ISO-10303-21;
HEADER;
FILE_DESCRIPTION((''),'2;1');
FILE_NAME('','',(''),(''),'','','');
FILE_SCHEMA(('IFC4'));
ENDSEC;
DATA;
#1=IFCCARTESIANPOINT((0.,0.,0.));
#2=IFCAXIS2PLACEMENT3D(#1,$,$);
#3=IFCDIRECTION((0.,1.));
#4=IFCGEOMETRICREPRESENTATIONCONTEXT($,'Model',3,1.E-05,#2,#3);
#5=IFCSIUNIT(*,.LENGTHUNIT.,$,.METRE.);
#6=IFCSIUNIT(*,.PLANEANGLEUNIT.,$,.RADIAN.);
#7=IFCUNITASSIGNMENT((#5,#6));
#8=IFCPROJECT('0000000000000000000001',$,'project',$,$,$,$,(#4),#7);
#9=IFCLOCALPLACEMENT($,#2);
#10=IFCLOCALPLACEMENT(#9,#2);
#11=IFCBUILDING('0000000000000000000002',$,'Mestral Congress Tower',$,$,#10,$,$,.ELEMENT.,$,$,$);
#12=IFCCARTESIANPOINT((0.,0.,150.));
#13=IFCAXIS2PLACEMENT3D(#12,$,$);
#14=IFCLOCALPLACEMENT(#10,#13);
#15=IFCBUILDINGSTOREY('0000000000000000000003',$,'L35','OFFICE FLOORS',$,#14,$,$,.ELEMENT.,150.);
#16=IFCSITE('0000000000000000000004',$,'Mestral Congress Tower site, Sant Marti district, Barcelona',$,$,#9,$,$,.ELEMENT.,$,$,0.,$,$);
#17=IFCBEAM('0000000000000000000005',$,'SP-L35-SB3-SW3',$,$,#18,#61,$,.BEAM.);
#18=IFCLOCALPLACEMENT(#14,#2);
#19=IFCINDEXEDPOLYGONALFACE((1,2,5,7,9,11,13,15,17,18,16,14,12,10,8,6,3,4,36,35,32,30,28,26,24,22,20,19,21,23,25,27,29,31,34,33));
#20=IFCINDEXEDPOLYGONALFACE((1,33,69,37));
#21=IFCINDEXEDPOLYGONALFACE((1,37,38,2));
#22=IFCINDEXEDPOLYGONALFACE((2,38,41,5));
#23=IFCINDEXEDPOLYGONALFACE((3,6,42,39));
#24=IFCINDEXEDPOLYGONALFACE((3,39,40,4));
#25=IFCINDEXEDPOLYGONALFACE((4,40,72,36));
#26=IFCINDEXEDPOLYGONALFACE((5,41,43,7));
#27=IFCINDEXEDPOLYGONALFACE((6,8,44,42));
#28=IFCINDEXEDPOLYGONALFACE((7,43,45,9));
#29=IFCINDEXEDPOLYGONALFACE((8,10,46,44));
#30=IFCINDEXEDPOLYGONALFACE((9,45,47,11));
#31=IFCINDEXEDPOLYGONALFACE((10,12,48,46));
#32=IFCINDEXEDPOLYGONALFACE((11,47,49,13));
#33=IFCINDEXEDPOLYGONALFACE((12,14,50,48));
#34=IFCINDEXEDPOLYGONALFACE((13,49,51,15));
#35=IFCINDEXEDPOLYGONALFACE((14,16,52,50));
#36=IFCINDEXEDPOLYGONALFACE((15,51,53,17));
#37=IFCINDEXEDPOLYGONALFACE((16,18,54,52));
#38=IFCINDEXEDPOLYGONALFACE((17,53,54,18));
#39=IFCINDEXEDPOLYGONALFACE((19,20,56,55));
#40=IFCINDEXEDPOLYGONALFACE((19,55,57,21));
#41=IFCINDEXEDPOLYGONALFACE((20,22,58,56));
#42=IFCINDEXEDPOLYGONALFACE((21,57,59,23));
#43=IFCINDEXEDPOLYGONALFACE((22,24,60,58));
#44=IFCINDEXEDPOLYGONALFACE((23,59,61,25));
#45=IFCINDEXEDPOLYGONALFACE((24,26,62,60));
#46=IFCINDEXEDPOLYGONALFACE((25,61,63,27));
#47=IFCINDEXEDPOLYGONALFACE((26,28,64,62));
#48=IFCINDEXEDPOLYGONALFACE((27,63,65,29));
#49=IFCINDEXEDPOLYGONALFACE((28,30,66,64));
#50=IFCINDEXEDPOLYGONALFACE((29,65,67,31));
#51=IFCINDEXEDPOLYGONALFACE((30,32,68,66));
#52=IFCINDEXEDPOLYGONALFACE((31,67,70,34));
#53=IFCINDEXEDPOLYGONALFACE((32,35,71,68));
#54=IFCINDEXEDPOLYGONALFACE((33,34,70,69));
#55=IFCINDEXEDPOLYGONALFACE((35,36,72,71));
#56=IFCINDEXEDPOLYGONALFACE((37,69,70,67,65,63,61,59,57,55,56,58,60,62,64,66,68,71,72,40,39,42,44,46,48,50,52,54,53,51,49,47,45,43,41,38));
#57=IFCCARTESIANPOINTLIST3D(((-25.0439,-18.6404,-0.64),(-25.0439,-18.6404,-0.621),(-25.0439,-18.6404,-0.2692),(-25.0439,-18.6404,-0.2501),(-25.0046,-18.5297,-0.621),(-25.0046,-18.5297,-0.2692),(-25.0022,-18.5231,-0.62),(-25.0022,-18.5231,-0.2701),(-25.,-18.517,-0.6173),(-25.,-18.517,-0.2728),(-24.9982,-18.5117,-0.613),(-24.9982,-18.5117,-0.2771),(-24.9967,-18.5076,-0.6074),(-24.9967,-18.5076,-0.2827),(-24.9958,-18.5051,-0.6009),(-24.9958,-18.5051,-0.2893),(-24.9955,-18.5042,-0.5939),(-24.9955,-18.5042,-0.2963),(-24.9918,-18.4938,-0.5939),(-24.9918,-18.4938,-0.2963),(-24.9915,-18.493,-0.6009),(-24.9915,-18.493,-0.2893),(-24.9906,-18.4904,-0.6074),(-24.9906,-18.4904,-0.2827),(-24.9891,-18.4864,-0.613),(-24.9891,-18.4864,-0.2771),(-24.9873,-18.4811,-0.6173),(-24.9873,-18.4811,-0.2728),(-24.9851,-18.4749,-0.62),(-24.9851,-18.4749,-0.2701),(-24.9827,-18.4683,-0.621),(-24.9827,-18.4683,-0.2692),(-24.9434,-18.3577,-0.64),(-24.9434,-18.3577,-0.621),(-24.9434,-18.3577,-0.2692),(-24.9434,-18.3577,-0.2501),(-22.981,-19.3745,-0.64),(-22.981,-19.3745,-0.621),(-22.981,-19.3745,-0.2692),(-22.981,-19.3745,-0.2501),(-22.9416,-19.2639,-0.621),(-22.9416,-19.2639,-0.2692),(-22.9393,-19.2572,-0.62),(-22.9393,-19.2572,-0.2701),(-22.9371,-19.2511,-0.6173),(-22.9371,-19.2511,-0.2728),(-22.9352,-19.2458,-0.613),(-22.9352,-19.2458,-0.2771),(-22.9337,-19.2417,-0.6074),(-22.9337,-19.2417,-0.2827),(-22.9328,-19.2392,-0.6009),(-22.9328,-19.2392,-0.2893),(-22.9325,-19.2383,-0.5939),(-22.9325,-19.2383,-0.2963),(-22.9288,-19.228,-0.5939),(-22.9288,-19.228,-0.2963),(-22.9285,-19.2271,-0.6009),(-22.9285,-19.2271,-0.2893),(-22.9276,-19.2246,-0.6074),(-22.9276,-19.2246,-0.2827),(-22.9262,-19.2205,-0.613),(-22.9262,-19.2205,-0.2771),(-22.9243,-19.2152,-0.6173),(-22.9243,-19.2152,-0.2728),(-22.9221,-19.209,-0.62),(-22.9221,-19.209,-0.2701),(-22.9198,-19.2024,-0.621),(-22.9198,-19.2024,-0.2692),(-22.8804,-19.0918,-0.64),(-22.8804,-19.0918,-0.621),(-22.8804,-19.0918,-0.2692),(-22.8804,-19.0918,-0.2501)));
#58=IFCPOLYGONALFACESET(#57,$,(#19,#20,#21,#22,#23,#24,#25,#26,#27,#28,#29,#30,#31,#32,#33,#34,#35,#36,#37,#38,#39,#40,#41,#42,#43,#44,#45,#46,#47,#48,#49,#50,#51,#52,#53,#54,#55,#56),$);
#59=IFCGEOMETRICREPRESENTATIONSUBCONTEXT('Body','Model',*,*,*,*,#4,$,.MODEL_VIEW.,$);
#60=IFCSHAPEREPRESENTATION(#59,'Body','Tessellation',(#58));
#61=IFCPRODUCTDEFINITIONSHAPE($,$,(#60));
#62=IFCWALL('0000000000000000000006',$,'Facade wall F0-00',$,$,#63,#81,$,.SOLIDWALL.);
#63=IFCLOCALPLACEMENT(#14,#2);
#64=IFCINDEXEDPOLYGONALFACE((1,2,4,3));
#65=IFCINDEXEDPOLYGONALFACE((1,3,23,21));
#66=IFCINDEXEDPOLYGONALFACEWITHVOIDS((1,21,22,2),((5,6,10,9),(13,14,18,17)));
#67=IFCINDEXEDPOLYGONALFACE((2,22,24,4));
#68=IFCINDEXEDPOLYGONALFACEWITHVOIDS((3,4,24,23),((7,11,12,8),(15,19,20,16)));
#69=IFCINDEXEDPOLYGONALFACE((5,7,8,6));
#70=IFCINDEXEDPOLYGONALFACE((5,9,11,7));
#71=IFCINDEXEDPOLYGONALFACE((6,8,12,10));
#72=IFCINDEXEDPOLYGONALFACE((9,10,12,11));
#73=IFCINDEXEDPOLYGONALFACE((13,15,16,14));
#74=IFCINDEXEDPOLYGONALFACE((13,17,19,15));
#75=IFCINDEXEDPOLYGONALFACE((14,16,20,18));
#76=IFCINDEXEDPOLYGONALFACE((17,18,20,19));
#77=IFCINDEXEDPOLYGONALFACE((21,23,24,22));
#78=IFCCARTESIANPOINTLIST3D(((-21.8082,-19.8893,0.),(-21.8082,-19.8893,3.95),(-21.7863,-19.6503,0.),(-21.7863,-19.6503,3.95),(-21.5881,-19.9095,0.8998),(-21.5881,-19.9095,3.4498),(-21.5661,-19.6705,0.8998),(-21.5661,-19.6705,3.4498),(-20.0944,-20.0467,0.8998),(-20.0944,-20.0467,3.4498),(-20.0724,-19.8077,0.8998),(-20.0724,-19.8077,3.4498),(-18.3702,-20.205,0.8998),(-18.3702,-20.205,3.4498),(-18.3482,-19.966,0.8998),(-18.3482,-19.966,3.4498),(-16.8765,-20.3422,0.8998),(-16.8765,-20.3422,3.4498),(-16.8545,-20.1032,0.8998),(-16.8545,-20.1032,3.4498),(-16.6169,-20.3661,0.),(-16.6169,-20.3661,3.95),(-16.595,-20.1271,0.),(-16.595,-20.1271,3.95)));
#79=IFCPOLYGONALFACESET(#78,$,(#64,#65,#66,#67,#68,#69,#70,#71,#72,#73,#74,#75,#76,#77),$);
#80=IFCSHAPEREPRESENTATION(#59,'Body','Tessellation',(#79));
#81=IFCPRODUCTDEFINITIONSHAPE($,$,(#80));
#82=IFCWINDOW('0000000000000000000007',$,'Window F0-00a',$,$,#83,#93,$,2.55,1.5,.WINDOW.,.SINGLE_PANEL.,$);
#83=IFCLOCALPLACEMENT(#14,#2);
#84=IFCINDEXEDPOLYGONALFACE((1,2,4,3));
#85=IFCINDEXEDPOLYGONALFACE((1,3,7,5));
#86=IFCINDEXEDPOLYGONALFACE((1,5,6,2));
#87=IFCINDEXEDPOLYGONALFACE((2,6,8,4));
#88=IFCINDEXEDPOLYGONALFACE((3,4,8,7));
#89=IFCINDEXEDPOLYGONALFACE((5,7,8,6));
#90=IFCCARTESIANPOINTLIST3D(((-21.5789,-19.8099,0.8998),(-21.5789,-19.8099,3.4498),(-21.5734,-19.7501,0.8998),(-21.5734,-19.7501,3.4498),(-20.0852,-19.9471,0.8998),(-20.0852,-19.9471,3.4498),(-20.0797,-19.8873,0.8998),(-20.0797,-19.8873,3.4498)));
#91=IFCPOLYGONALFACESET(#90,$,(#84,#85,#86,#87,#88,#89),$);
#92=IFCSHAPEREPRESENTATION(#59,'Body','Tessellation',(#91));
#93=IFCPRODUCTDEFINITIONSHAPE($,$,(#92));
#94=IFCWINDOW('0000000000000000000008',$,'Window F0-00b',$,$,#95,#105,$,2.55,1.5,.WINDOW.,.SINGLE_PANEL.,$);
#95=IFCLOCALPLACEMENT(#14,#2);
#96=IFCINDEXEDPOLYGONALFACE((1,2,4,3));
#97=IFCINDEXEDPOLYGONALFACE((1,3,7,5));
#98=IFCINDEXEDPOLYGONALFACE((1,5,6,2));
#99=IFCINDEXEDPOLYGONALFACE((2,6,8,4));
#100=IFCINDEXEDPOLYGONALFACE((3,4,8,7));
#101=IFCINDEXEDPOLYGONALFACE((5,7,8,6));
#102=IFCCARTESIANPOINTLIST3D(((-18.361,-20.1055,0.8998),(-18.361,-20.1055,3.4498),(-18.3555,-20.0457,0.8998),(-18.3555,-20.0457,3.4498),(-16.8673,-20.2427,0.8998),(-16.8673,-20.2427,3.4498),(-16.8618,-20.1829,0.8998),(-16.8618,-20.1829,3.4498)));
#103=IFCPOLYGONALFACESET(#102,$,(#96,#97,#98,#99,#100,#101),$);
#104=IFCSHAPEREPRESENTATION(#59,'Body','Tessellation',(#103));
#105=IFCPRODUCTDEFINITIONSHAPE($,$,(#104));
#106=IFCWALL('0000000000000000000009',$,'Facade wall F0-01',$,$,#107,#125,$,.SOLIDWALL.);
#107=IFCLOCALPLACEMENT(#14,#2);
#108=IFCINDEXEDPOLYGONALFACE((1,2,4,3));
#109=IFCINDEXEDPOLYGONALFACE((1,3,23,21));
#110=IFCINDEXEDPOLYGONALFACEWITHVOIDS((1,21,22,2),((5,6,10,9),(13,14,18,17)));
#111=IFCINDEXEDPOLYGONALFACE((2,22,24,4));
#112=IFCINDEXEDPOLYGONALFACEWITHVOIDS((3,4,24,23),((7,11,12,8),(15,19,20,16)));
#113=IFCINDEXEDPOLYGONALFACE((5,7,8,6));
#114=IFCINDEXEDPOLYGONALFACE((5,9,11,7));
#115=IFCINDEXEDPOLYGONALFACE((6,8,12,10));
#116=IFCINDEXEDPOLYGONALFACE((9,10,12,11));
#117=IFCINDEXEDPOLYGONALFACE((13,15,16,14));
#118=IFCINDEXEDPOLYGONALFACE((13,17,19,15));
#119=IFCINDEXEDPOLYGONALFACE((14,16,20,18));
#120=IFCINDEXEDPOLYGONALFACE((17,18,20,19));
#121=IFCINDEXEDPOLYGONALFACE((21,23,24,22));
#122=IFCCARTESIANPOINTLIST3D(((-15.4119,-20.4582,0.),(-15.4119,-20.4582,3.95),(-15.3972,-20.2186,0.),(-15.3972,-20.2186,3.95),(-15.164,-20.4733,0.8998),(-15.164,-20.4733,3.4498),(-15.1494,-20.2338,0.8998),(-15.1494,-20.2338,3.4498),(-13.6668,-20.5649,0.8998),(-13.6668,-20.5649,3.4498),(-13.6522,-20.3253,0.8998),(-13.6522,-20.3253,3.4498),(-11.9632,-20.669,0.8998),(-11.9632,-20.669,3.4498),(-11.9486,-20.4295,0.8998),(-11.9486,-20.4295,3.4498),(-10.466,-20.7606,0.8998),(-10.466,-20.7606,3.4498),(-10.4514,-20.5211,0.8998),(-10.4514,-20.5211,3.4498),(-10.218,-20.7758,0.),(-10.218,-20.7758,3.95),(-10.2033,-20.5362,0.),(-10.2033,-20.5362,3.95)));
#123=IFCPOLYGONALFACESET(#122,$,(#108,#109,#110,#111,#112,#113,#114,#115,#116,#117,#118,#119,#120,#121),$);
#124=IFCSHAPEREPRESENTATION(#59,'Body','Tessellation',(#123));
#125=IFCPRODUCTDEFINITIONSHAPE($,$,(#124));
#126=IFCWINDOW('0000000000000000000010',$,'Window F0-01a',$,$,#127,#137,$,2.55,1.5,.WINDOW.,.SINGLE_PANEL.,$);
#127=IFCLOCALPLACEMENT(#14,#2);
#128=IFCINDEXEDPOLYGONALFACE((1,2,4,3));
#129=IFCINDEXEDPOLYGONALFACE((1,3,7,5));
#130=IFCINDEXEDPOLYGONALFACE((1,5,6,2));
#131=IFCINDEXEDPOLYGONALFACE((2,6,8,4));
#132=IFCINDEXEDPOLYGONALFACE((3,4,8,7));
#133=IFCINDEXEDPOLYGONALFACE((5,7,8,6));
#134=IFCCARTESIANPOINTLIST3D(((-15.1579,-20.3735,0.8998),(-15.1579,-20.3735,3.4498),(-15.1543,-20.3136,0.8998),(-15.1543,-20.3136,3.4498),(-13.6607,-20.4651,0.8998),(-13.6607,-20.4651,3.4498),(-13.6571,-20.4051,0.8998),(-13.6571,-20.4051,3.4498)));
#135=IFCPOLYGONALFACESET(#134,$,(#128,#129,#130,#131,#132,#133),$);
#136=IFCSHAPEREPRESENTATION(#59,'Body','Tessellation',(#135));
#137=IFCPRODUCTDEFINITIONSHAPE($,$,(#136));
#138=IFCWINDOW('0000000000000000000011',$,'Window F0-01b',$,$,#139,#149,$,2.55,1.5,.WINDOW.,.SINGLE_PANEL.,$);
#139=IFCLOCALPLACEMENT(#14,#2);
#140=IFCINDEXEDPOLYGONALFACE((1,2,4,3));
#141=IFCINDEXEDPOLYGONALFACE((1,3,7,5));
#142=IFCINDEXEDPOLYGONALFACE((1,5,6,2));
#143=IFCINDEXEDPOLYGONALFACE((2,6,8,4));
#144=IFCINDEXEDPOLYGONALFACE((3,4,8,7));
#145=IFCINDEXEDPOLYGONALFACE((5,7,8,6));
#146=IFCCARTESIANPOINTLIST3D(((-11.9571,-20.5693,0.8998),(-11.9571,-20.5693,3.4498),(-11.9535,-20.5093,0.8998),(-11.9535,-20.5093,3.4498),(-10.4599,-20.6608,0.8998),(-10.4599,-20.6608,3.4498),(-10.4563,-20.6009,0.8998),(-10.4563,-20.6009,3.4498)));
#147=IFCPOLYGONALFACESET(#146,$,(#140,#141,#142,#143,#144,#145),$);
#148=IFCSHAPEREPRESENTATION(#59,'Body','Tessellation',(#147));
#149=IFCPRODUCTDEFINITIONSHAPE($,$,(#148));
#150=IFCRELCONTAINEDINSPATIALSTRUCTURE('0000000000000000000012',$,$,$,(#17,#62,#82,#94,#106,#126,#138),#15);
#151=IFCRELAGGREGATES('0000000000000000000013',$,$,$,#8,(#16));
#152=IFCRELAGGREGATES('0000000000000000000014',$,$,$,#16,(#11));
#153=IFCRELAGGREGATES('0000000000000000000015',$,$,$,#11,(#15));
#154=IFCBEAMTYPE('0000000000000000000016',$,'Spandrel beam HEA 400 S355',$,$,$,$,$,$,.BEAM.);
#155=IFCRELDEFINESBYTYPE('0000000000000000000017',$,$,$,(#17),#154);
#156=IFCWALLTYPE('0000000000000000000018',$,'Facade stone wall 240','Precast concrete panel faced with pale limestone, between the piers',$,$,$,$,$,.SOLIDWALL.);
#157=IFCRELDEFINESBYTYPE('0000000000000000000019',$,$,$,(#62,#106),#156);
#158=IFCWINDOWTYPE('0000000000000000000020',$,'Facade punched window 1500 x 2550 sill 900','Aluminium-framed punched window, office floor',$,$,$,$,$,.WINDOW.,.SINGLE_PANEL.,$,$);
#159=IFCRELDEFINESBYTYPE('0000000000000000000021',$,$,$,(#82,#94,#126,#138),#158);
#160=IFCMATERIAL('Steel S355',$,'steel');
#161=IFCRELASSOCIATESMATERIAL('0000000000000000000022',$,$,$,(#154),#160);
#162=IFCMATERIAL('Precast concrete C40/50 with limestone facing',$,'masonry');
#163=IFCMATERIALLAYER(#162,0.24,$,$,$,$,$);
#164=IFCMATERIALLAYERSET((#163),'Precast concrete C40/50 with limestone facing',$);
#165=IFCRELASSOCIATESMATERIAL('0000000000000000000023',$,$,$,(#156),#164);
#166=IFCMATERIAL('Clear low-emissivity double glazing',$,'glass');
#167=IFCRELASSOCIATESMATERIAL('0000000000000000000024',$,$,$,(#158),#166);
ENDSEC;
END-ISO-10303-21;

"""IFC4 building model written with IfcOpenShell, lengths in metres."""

from ifc_helpers import new_model, si_unit, direction, frame, frame_2d, origin, origin_2d, place, context, subcontext, project, spatial, rectangle, i_section, extrude, material, layer, layer_set, material_profile, profile_set, type_object, element, fill, save


model = new_model("IFC4")

# Units and contexts
model_context = context("Model", 3, precision=1e-05, world=origin(), true_north=direction((0.0, 1.0)))
body_context = subcontext(model_context, "Body", "Model", "MODEL_VIEW")
ifc_project = project(units=[si_unit("LENGTHUNIT", "METRE"), si_unit("PLANEANGLEUNIT", "RADIAN")], contexts=[model_context])

# Site, building, storey
site_placement = place(None, origin())
site = spatial("IfcSite", under=ifc_project, at=site_placement, Name="Mestral Congress Tower site, Sant Marti district, Barcelona", CompositionType="ELEMENT", RefElevation=0.0)
building_placement = place(site_placement, origin())
building = spatial("IfcBuilding", under=site, at=building_placement, Name="Mestral Congress Tower", CompositionType="ELEMENT")
storey_placement = place(building_placement, frame((0.0, 0.0, 150.0)))
storey = spatial("IfcBuildingStorey", under=building, at=storey_placement, Name="L35", Description="OFFICE FLOORS", CompositionType="ELEMENT", Elevation=150.0)

# Beam
ifc_material_1 = material(Name="Steel S355", Category="steel")
ifc_material_profile_1 = material_profile(ifc_material_1, i_section(OverallWidth=0.3, OverallDepth=0.3899, WebThickness=0.011, FlangeThickness=0.019, FilletRadius=0.0271, at=origin_2d()), Name="HEA 400")
ifc_profile_set_1 = profile_set([ifc_material_profile_1], Name="Steel S355")
beam_type_1 = type_object("IfcBeamType", Name="Spandrel beam HEA 400 S355", PredefinedType="BEAM", material=ifc_profile_set_1)
beam_1_placement = place(storey_placement, frame((-24.9937, -18.499, -0.4451), z_axis=(0.942125, -0.335263, 0.0), x_axis=(0.335263, 0.942125, 0.0)))
element("IfcBeam", 1, at=beam_1_placement, inside=storey, type_object=beam_type_1, Name="SP-L35-SB3-SW3", PredefinedType="BEAM", context=body_context, shape_type="SweptSolid", body=[
    extrude(i_section(OverallWidth=0.3, OverallDepth=0.3899, WebThickness=0.011, FlangeThickness=0.019, FilletRadius=0.0271, at=origin_2d()), origin(), (0.0, 0.0, 1.0), 2.1897),
])

# Walls, openings, windows
ifc_material_2 = material(Name="Precast concrete C40/50 with limestone facing", Category="masonry")
ifc_layer_1 = layer(ifc_material_2, 0.24)
ifc_layer_set_1 = layer_set([ifc_layer_1], Name="Precast concrete C40/50 with limestone facing")
wall_type_1 = type_object("IfcWallType", Name="Facade stone wall 240", Description="Precast concrete panel faced with pale limestone, between the piers", PredefinedType="SOLIDWALL", material=ifc_layer_set_1)
wall_1_placement = place(storey_placement, frame((-21.7971, -19.7698, 0.0), z_axis=(0.0, 0.0, 1.0), x_axis=(0.995809, -0.09146, 0.0)))
wall_1 = element("IfcWall", 2, at=wall_1_placement, inside=storey, type_object=wall_type_1, Name="Facade wall F0-00", PredefinedType="SOLIDWALL", context=body_context, shape_type="SweptSolid", body=[
    extrude(rectangle(XDim=5.2131, YDim=0.24, at=frame_2d((2.6064, 0.0))), origin(), (0.0, 0.0, 1.0), 3.95),
])
opening_1_placement = place(wall_1_placement, frame((0.2209, 0.0, 0.8999)))
opening_1 = element("IfcOpeningElement", 3, at=opening_1_placement, cuts=wall_1, PredefinedType="OPENING", context=body_context, shape_type="SweptSolid", body=[
    extrude(rectangle(XDim=1.5, YDim=2.55, at=frame_2d((0.75, 1.2749))), frame((0.0, 0.1299, 0.0), z_axis=(0.0, -1.0, 0.0), x_axis=(1.0, 0.0, 0.0)), (0.0, 0.0, 1.0), 0.26),
])
opening_2_placement = place(wall_1_placement, frame((3.4524, 0.0, 0.8999)))
opening_2 = element("IfcOpeningElement", 4, at=opening_2_placement, cuts=wall_1, PredefinedType="OPENING", context=body_context, shape_type="SweptSolid", body=[
    extrude(rectangle(XDim=1.5, YDim=2.55, at=frame_2d((0.75, 1.2749))), frame((0.0, 0.1299, 0.0), z_axis=(0.0, -1.0, 0.0), x_axis=(1.0, 0.0, 0.0)), (0.0, 0.0, 1.0), 0.26),
])
ifc_material_3 = material(Name="Clear low-emissivity double glazing", Category="glass")
window_type_1 = type_object("IfcWindowType", Name="Facade punched window 1500 x 2550 sill 900", Description="Aluminium-framed punched window, office floor", PartitioningType="SINGLE_PANEL", PredefinedType="WINDOW", material=ifc_material_3)
window_1_placement = place(opening_1_placement, origin())
window_1 = element("IfcWindow", 5, at=window_1_placement, inside=storey, type_object=window_type_1, Name="Window F0-00a", OverallHeight=2.55, OverallWidth=1.5, PartitioningType="SINGLE_PANEL", PredefinedType="WINDOW", context=body_context, shape_type="SweptSolid", body=[
    extrude(rectangle(XDim=1.5, YDim=2.55, at=frame_2d((0.75, 1.2749))), frame((0.0, 0.04, 0.0), z_axis=(0.0, -1.0, 0.0), x_axis=(1.0, 0.0, 0.0)), (0.0, 0.0, 1.0), 0.0601),
])
fill(opening_1, window_1)
window_2_placement = place(opening_2_placement, origin())
window_2 = element("IfcWindow", 6, at=window_2_placement, inside=storey, type_object=window_type_1, Name="Window F0-00b", OverallHeight=2.55, OverallWidth=1.5, PartitioningType="SINGLE_PANEL", PredefinedType="WINDOW", context=body_context, shape_type="SweptSolid", body=[
    extrude(rectangle(XDim=1.5, YDim=2.55, at=frame_2d((0.75, 1.2749))), frame((0.0, 0.04, 0.0), z_axis=(0.0, -1.0, 0.0), x_axis=(1.0, 0.0, 0.0)), (0.0, 0.0, 1.0), 0.0601),
])
fill(opening_2, window_2)
wall_2_placement = place(storey_placement, frame((-15.4045, -20.3384, 0.0), z_axis=(0.0, 0.0, 1.0), x_axis=(0.998135, -0.06104, 0.0)))
wall_2 = element("IfcWall", 7, at=wall_2_placement, inside=storey, type_object=wall_type_1, Name="Facade wall F0-01", PredefinedType="SOLIDWALL", context=body_context, shape_type="SweptSolid", body=[
    extrude(rectangle(XDim=5.2036, YDim=0.24, at=frame_2d((2.6018, 0.0))), origin(), (0.0, 0.0, 1.0), 3.95),
])
opening_3_placement = place(wall_2_placement, frame((0.2483, 0.0, 0.8999)))
opening_3 = element("IfcOpeningElement", 8, at=opening_3_placement, cuts=wall_2, PredefinedType="OPENING", context=body_context, shape_type="SweptSolid", body=[
    extrude(rectangle(XDim=1.5, YDim=2.55, at=frame_2d((0.75, 1.2749))), frame((0.0, 0.1299, 0.0), z_axis=(0.0, -1.0, 0.0), x_axis=(1.0, 0.0, 0.0)), (0.0, 0.0, 1.0), 0.26),
])
opening_4_placement = place(wall_2_placement, frame((3.4551, 0.0, 0.8999)))
opening_4 = element("IfcOpeningElement", 9, at=opening_4_placement, cuts=wall_2, PredefinedType="OPENING", context=body_context, shape_type="SweptSolid", body=[
    extrude(rectangle(XDim=1.5, YDim=2.55, at=frame_2d((0.75, 1.2749))), frame((0.0, 0.1299, 0.0), z_axis=(0.0, -1.0, 0.0), x_axis=(1.0, 0.0, 0.0)), (0.0, 0.0, 1.0), 0.26),
])
window_3_placement = place(opening_3_placement, origin())
window_3 = element("IfcWindow", 10, at=window_3_placement, inside=storey, type_object=window_type_1, Name="Window F0-01a", OverallHeight=2.55, OverallWidth=1.5, PartitioningType="SINGLE_PANEL", PredefinedType="WINDOW", context=body_context, shape_type="SweptSolid", body=[
    extrude(rectangle(XDim=1.5, YDim=2.55, at=frame_2d((0.75, 1.2749))), frame((0.0, 0.04, 0.0), z_axis=(0.0, -1.0, 0.0), x_axis=(1.0, 0.0, 0.0)), (0.0, 0.0, 1.0), 0.0601),
])
fill(opening_3, window_3)
window_4_placement = place(opening_4_placement, origin())
window_4 = element("IfcWindow", 11, at=window_4_placement, inside=storey, type_object=window_type_1, Name="Window F0-01b", OverallHeight=2.55, OverallWidth=1.5, PartitioningType="SINGLE_PANEL", PredefinedType="WINDOW", context=body_context, shape_type="SweptSolid", body=[
    extrude(rectangle(XDim=1.5, YDim=2.55, at=frame_2d((0.75, 1.2749))), frame((0.0, 0.04, 0.0), z_axis=(0.0, -1.0, 0.0), x_axis=(1.0, 0.0, 0.0)), (0.0, 0.0, 1.0), 0.0601),
])
fill(opening_4, window_4)

save(model, "model.ifc")
